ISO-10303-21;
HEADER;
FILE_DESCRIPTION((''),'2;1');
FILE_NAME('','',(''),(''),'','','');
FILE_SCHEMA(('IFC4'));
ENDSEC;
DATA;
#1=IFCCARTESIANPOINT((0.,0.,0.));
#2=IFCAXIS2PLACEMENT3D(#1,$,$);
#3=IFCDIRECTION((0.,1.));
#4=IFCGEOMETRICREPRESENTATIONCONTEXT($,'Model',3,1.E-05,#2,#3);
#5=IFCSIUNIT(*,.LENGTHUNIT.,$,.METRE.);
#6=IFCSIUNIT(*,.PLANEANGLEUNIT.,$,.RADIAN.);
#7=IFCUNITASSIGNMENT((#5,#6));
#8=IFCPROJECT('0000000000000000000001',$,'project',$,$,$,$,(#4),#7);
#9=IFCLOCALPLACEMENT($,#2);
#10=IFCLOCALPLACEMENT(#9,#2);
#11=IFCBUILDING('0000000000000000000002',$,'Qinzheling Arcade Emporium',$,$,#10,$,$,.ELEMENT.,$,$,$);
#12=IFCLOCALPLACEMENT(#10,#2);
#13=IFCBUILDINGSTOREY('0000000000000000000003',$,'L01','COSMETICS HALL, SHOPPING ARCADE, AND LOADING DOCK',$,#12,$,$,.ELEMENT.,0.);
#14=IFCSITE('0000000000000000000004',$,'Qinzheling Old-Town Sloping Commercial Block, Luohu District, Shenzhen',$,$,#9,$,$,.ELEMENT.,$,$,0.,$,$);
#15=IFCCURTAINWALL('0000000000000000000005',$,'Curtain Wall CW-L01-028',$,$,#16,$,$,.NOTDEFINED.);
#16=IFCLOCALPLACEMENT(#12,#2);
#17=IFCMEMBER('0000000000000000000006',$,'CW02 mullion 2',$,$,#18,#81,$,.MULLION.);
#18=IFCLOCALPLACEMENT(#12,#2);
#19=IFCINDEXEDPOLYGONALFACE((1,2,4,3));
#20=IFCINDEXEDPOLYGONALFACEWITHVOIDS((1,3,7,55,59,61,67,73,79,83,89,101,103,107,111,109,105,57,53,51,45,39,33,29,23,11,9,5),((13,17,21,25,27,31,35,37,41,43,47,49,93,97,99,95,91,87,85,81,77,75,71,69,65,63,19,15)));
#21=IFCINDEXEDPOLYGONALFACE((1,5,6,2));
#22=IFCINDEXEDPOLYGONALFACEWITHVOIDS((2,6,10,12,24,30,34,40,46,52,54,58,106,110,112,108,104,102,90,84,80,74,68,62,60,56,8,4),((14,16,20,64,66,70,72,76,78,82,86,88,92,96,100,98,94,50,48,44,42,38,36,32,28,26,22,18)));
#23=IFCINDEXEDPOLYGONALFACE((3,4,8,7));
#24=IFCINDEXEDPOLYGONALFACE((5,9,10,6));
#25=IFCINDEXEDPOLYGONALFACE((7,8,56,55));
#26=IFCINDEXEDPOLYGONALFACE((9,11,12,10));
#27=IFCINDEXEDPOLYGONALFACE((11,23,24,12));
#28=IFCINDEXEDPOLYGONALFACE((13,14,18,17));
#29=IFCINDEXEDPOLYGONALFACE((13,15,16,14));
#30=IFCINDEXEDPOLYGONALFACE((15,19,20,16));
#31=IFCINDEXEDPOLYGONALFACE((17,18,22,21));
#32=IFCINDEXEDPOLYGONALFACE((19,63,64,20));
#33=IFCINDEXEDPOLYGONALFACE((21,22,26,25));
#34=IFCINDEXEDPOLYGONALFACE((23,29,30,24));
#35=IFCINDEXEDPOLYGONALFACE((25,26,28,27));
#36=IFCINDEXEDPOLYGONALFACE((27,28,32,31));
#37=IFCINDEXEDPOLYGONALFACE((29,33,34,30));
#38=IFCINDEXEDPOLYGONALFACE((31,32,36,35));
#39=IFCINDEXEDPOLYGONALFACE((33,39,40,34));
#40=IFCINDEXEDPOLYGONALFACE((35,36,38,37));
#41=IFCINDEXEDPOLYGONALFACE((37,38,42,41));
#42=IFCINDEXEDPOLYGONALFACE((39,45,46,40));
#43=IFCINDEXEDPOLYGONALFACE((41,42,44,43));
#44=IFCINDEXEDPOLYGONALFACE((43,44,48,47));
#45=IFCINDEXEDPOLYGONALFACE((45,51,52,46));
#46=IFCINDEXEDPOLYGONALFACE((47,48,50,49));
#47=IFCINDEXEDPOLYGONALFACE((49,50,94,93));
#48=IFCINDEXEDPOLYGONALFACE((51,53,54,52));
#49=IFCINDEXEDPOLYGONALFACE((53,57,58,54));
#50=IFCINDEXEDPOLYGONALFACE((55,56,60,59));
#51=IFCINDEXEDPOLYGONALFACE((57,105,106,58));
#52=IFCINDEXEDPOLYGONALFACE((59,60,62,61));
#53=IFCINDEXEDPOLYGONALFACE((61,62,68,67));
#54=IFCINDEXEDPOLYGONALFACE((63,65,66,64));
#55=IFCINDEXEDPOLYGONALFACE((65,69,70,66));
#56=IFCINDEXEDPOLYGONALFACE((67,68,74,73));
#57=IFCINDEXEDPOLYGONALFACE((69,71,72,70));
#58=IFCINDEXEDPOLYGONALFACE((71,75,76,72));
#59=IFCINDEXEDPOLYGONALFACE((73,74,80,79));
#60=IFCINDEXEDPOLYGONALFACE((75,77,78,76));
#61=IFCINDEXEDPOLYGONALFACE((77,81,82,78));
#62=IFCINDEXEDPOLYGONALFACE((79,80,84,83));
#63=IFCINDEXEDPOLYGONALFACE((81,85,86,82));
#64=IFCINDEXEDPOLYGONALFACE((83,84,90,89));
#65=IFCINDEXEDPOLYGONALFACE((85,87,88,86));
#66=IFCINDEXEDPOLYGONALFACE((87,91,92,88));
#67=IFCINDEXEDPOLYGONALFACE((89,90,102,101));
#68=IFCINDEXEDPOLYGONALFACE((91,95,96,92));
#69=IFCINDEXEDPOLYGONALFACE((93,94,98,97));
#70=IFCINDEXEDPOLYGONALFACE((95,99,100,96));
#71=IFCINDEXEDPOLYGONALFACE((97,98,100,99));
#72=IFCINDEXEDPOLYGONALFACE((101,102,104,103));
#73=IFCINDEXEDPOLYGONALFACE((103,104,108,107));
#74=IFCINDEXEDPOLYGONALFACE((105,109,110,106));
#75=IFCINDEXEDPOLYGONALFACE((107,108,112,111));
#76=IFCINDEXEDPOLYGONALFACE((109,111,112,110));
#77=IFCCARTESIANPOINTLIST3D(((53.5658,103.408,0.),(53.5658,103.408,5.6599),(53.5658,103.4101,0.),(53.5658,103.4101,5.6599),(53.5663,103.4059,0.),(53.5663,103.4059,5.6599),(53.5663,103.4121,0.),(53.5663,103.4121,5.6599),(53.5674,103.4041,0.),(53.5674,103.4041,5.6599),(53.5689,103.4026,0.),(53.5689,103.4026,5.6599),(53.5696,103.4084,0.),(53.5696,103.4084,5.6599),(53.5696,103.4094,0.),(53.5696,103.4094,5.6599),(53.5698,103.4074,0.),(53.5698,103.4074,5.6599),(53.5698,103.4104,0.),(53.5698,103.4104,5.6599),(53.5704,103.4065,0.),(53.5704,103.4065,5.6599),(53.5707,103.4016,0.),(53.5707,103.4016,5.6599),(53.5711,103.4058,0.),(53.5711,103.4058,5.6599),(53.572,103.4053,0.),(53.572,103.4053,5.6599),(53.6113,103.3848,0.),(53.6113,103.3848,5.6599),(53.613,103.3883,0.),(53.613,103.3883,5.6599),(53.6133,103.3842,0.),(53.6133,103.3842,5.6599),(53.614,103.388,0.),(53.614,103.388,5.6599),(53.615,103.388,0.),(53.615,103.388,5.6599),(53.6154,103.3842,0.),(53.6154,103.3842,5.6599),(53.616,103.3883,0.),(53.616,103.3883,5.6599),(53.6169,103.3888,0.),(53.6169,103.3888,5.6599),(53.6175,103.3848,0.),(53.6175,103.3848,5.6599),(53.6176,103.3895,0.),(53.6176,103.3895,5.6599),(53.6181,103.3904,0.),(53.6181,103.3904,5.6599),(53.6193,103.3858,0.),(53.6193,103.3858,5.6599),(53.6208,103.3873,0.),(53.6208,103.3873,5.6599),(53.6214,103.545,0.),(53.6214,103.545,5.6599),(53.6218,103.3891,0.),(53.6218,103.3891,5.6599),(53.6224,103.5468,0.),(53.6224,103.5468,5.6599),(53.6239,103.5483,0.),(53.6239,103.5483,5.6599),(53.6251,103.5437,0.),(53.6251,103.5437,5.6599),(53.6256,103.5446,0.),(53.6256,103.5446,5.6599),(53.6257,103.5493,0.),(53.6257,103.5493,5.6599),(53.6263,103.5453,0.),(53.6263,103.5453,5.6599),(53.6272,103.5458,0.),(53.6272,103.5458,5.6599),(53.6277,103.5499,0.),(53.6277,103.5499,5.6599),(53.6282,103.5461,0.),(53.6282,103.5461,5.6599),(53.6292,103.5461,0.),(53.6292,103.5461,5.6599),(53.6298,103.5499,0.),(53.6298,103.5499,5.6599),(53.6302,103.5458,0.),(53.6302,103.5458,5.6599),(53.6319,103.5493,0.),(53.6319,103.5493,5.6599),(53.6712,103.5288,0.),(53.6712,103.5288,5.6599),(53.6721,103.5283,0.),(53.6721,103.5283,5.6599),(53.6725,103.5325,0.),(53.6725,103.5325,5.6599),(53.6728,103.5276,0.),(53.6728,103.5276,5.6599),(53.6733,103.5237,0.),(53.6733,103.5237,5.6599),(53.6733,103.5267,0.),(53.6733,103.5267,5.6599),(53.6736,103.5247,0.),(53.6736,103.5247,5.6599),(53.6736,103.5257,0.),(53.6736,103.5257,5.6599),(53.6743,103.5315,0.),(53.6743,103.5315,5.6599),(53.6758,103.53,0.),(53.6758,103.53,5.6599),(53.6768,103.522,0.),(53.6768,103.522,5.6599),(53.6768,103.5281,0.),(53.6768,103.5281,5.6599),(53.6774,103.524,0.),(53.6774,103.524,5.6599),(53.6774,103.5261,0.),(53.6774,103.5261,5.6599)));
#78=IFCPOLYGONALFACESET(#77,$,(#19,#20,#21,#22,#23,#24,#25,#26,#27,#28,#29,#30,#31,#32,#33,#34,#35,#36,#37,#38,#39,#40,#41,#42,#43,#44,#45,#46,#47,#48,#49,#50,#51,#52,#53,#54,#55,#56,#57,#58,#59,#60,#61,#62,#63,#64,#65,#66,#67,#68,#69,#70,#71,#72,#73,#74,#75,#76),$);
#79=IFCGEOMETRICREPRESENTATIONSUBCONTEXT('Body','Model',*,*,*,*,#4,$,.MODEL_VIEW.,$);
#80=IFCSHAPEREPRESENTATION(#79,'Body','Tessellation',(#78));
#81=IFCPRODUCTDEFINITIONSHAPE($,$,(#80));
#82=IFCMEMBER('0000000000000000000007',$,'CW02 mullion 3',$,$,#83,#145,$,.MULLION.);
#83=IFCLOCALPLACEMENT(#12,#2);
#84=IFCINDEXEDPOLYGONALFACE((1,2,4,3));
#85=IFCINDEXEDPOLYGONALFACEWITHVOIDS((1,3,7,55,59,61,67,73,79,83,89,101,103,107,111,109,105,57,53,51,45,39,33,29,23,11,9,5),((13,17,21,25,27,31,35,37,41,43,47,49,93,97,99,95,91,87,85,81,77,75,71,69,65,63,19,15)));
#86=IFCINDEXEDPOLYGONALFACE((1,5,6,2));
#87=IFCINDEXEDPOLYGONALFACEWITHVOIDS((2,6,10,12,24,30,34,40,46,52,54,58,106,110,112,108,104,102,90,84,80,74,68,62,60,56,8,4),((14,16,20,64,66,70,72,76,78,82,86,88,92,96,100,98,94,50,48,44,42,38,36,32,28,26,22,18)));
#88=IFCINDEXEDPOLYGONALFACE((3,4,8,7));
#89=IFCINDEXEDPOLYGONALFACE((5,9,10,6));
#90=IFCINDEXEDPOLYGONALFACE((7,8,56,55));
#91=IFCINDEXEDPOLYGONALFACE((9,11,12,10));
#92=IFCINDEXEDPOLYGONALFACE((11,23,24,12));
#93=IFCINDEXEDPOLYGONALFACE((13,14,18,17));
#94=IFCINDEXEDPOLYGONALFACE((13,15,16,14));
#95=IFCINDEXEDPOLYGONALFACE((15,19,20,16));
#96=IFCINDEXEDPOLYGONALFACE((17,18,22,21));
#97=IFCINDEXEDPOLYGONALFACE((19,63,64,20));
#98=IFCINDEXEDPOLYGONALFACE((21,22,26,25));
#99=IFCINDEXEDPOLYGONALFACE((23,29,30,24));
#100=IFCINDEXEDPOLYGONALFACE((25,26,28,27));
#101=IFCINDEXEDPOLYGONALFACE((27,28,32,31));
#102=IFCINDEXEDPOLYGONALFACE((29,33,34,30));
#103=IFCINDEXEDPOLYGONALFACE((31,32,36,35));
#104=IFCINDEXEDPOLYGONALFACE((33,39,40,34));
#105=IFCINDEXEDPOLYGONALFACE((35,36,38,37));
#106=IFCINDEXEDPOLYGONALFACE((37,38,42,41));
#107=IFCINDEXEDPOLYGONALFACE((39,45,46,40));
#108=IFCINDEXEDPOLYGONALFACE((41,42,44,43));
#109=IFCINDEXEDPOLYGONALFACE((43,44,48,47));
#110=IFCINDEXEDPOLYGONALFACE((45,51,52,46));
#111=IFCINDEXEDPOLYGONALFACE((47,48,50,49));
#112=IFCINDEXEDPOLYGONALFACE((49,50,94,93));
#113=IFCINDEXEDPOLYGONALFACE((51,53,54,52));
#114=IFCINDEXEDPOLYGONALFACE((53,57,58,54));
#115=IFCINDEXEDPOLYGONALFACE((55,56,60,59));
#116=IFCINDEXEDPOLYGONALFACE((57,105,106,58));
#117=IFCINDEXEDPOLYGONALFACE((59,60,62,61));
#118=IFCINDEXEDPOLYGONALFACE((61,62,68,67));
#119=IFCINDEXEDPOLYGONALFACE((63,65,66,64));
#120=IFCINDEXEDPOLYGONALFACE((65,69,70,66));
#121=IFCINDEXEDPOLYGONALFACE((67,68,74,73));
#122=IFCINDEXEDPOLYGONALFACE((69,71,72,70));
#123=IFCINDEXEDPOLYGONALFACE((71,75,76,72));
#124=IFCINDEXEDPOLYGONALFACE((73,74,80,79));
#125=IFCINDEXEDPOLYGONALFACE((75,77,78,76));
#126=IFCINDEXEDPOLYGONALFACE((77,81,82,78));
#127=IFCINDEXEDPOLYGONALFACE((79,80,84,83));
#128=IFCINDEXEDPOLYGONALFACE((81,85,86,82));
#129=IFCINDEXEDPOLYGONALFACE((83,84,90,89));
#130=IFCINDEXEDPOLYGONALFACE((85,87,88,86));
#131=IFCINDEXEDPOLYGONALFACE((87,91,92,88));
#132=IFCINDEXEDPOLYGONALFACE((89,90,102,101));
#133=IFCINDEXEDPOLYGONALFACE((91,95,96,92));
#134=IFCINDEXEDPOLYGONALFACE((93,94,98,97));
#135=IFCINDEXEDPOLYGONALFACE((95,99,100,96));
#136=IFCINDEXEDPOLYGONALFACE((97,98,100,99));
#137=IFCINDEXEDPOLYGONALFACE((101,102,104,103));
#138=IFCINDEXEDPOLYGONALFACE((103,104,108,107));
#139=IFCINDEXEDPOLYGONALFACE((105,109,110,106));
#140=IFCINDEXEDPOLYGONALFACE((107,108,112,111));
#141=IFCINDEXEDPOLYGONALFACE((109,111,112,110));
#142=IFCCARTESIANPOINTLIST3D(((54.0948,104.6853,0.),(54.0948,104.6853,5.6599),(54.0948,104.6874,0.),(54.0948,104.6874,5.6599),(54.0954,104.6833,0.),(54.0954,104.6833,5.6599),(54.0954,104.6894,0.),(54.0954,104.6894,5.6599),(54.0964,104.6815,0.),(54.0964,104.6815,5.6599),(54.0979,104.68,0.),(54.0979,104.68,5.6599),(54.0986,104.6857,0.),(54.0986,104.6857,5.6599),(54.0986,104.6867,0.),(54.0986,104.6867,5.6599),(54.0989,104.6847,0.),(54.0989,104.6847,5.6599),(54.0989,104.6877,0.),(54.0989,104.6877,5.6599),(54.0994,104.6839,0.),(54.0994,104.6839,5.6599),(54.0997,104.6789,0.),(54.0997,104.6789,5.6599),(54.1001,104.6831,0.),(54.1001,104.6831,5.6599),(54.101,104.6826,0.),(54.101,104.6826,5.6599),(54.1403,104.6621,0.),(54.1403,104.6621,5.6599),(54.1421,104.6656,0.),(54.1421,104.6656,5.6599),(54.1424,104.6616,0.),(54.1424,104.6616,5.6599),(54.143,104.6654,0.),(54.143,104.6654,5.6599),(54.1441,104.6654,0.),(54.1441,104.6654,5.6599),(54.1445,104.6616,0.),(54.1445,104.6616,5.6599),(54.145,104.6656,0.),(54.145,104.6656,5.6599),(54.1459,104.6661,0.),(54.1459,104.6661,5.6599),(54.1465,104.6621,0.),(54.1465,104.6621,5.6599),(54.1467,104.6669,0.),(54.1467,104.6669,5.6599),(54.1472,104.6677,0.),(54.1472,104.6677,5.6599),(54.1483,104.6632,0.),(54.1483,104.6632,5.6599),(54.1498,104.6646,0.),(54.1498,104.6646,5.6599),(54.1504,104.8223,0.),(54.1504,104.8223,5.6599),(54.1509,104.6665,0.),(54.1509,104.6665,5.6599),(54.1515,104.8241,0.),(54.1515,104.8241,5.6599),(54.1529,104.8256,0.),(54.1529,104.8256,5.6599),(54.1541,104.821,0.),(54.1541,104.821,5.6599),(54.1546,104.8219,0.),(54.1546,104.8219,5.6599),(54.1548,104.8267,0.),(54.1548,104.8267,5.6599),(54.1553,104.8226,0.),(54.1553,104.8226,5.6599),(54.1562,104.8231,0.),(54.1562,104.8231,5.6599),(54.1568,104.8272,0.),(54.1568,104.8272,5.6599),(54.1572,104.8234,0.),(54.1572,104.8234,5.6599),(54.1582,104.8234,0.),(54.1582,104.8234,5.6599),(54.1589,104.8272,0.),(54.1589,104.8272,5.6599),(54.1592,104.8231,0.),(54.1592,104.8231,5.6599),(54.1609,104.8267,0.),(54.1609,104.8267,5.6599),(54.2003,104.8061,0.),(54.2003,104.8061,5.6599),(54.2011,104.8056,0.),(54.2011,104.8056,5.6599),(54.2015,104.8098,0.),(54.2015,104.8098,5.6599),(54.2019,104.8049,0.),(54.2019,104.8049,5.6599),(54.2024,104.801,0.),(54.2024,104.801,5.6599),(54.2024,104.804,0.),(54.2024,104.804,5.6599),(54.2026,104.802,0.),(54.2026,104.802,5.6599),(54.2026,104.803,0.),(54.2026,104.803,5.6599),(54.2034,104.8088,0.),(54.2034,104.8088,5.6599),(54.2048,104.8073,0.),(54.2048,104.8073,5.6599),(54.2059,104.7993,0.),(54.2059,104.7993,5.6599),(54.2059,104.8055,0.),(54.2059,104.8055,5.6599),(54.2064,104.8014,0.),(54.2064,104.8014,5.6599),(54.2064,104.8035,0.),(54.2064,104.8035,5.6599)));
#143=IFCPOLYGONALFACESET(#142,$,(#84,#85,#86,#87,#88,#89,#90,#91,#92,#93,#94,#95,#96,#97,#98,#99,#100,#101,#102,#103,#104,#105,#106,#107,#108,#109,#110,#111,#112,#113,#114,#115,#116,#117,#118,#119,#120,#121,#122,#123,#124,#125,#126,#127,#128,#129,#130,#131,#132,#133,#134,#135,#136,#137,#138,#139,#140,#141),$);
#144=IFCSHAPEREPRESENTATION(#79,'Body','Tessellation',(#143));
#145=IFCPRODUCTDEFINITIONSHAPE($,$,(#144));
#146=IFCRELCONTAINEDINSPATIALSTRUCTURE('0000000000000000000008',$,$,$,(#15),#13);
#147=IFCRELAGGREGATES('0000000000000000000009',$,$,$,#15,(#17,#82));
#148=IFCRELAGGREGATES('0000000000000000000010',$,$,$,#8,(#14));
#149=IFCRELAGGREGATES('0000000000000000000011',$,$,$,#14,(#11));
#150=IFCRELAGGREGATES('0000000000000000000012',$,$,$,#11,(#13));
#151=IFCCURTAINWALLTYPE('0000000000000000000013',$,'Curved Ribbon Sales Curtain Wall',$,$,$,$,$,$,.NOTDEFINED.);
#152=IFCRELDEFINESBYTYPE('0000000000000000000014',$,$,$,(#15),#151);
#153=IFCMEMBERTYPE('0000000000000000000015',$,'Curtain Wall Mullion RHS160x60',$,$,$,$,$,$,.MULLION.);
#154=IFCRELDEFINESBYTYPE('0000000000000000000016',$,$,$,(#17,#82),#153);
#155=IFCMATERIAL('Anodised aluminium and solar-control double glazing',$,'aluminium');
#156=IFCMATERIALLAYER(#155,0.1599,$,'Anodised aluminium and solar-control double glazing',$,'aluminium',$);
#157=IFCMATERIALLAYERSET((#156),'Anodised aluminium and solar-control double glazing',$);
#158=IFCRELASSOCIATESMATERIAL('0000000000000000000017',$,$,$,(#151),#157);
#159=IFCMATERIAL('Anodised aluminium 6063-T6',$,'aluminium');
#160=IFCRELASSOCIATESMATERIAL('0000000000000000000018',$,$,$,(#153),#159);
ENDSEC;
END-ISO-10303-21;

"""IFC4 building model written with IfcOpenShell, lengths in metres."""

from ifc_helpers import new_model, si_unit, direction, frame, origin, origin_2d, place, context, subcontext, project, spatial, hollow_rectangle, extrude, material, layer, layer_set, material_profile, profile_set, type_object, element, aggregate, save


model = new_model("IFC4")

# Units and contexts
model_context = context("Model", 3, precision=1e-05, world=origin(), true_north=direction((0.0, 1.0)))
body_context = subcontext(model_context, "Body", "Model", "MODEL_VIEW")
ifc_project = project(units=[si_unit("LENGTHUNIT", "METRE"), si_unit("PLANEANGLEUNIT", "RADIAN")], contexts=[model_context])

# Site, building, storey
site_placement = place(None, origin())
site = spatial("IfcSite", under=ifc_project, at=site_placement, Name="Qinzheling Old-Town Sloping Commercial Block, Luohu District, Shenzhen", CompositionType="ELEMENT", RefElevation=0.0)
building_placement = place(site_placement, origin())
building = spatial("IfcBuilding", under=site, at=building_placement, Name="Qinzheling Arcade Emporium", CompositionType="ELEMENT")
storey_placement = place(building_placement, origin())
storey = spatial("IfcBuildingStorey", under=building, at=storey_placement, Name="L01", Description="COSMETICS HALL, SHOPPING ARCADE, AND LOADING DOCK", CompositionType="ELEMENT", Elevation=0.0)

# Shared definitions
ifc_material_1 = material(Name="Anodised aluminium and solar-control double glazing", Category="aluminium")
ifc_layer_1 = layer(ifc_material_1, 0.1599, Name="Anodised aluminium and solar-control double glazing", Category="aluminium")
ifc_layer_set_1 = layer_set([ifc_layer_1], Name="Anodised aluminium and solar-control double glazing")
curtain_wall_type = type_object("IfcCurtainWallType", Name="Curved Ribbon Sales Curtain Wall", PredefinedType="NOTDEFINED", material=ifc_layer_set_1)
ifc_material_2 = material(Name="Anodised aluminium 6063-T6", Category="aluminium")
ifc_material_profile_1 = material_profile(ifc_material_2, hollow_rectangle(XDim=0.0601, YDim=0.1599, WallThickness=0.0039, InnerFilletRadius=0.0039, OuterFilletRadius=0.0081, at=origin_2d()), Name="RHS 160x60x4", Category="aluminium")
ifc_profile_set_1 = profile_set([ifc_material_profile_1], Name="Anodised aluminium 6063-T6")
member_type_1 = type_object("IfcMemberType", Name="Curtain Wall Mullion RHS160x60", PredefinedType="MULLION", material=ifc_profile_set_1)

# Curtain wall, members
curtain_wall_1_placement = place(storey_placement, origin())
curtain_wall_1 = element("IfcCurtainWall", 1, at=curtain_wall_1_placement, inside=storey, type_object=curtain_wall_type, Name="Curtain Wall CW-L01-028", PredefinedType="NOTDEFINED")
member_1_placement = place(storey_placement, frame((53.6216, 103.467, 0.0), z_axis=(0.0, 0.0, 1.0), x_axis=(-0.923892, 0.382654, 0.0)))
member_1 = element("IfcMember", 2, at=member_1_placement, type_object=member_type_1, Name="CW02 mullion 2", PredefinedType="MULLION", context=body_context, shape_type="SweptSolid", body=[
    extrude(hollow_rectangle(XDim=0.0601, YDim=0.1599, WallThickness=0.0039, InnerFilletRadius=0.0039, OuterFilletRadius=0.0081, at=origin_2d()), origin(), (0.0, 0.0, 1.0), 5.6599),
])
member_2_placement = place(storey_placement, frame((54.1506, 104.7444, 0.0), z_axis=(0.0, 0.0, 1.0), x_axis=(-0.923892, 0.382654, 0.0)))
member_2 = element("IfcMember", 3, at=member_2_placement, type_object=member_type_1, Name="CW02 mullion 3", PredefinedType="MULLION", context=body_context, shape_type="SweptSolid", body=[
    extrude(hollow_rectangle(XDim=0.0601, YDim=0.1599, WallThickness=0.0039, InnerFilletRadius=0.0039, OuterFilletRadius=0.0081, at=origin_2d()), origin(), (0.0, 0.0, 1.0), 5.6599),
])

aggregate(curtain_wall_1, [member_1, member_2])

save(model, "model.ifc")
